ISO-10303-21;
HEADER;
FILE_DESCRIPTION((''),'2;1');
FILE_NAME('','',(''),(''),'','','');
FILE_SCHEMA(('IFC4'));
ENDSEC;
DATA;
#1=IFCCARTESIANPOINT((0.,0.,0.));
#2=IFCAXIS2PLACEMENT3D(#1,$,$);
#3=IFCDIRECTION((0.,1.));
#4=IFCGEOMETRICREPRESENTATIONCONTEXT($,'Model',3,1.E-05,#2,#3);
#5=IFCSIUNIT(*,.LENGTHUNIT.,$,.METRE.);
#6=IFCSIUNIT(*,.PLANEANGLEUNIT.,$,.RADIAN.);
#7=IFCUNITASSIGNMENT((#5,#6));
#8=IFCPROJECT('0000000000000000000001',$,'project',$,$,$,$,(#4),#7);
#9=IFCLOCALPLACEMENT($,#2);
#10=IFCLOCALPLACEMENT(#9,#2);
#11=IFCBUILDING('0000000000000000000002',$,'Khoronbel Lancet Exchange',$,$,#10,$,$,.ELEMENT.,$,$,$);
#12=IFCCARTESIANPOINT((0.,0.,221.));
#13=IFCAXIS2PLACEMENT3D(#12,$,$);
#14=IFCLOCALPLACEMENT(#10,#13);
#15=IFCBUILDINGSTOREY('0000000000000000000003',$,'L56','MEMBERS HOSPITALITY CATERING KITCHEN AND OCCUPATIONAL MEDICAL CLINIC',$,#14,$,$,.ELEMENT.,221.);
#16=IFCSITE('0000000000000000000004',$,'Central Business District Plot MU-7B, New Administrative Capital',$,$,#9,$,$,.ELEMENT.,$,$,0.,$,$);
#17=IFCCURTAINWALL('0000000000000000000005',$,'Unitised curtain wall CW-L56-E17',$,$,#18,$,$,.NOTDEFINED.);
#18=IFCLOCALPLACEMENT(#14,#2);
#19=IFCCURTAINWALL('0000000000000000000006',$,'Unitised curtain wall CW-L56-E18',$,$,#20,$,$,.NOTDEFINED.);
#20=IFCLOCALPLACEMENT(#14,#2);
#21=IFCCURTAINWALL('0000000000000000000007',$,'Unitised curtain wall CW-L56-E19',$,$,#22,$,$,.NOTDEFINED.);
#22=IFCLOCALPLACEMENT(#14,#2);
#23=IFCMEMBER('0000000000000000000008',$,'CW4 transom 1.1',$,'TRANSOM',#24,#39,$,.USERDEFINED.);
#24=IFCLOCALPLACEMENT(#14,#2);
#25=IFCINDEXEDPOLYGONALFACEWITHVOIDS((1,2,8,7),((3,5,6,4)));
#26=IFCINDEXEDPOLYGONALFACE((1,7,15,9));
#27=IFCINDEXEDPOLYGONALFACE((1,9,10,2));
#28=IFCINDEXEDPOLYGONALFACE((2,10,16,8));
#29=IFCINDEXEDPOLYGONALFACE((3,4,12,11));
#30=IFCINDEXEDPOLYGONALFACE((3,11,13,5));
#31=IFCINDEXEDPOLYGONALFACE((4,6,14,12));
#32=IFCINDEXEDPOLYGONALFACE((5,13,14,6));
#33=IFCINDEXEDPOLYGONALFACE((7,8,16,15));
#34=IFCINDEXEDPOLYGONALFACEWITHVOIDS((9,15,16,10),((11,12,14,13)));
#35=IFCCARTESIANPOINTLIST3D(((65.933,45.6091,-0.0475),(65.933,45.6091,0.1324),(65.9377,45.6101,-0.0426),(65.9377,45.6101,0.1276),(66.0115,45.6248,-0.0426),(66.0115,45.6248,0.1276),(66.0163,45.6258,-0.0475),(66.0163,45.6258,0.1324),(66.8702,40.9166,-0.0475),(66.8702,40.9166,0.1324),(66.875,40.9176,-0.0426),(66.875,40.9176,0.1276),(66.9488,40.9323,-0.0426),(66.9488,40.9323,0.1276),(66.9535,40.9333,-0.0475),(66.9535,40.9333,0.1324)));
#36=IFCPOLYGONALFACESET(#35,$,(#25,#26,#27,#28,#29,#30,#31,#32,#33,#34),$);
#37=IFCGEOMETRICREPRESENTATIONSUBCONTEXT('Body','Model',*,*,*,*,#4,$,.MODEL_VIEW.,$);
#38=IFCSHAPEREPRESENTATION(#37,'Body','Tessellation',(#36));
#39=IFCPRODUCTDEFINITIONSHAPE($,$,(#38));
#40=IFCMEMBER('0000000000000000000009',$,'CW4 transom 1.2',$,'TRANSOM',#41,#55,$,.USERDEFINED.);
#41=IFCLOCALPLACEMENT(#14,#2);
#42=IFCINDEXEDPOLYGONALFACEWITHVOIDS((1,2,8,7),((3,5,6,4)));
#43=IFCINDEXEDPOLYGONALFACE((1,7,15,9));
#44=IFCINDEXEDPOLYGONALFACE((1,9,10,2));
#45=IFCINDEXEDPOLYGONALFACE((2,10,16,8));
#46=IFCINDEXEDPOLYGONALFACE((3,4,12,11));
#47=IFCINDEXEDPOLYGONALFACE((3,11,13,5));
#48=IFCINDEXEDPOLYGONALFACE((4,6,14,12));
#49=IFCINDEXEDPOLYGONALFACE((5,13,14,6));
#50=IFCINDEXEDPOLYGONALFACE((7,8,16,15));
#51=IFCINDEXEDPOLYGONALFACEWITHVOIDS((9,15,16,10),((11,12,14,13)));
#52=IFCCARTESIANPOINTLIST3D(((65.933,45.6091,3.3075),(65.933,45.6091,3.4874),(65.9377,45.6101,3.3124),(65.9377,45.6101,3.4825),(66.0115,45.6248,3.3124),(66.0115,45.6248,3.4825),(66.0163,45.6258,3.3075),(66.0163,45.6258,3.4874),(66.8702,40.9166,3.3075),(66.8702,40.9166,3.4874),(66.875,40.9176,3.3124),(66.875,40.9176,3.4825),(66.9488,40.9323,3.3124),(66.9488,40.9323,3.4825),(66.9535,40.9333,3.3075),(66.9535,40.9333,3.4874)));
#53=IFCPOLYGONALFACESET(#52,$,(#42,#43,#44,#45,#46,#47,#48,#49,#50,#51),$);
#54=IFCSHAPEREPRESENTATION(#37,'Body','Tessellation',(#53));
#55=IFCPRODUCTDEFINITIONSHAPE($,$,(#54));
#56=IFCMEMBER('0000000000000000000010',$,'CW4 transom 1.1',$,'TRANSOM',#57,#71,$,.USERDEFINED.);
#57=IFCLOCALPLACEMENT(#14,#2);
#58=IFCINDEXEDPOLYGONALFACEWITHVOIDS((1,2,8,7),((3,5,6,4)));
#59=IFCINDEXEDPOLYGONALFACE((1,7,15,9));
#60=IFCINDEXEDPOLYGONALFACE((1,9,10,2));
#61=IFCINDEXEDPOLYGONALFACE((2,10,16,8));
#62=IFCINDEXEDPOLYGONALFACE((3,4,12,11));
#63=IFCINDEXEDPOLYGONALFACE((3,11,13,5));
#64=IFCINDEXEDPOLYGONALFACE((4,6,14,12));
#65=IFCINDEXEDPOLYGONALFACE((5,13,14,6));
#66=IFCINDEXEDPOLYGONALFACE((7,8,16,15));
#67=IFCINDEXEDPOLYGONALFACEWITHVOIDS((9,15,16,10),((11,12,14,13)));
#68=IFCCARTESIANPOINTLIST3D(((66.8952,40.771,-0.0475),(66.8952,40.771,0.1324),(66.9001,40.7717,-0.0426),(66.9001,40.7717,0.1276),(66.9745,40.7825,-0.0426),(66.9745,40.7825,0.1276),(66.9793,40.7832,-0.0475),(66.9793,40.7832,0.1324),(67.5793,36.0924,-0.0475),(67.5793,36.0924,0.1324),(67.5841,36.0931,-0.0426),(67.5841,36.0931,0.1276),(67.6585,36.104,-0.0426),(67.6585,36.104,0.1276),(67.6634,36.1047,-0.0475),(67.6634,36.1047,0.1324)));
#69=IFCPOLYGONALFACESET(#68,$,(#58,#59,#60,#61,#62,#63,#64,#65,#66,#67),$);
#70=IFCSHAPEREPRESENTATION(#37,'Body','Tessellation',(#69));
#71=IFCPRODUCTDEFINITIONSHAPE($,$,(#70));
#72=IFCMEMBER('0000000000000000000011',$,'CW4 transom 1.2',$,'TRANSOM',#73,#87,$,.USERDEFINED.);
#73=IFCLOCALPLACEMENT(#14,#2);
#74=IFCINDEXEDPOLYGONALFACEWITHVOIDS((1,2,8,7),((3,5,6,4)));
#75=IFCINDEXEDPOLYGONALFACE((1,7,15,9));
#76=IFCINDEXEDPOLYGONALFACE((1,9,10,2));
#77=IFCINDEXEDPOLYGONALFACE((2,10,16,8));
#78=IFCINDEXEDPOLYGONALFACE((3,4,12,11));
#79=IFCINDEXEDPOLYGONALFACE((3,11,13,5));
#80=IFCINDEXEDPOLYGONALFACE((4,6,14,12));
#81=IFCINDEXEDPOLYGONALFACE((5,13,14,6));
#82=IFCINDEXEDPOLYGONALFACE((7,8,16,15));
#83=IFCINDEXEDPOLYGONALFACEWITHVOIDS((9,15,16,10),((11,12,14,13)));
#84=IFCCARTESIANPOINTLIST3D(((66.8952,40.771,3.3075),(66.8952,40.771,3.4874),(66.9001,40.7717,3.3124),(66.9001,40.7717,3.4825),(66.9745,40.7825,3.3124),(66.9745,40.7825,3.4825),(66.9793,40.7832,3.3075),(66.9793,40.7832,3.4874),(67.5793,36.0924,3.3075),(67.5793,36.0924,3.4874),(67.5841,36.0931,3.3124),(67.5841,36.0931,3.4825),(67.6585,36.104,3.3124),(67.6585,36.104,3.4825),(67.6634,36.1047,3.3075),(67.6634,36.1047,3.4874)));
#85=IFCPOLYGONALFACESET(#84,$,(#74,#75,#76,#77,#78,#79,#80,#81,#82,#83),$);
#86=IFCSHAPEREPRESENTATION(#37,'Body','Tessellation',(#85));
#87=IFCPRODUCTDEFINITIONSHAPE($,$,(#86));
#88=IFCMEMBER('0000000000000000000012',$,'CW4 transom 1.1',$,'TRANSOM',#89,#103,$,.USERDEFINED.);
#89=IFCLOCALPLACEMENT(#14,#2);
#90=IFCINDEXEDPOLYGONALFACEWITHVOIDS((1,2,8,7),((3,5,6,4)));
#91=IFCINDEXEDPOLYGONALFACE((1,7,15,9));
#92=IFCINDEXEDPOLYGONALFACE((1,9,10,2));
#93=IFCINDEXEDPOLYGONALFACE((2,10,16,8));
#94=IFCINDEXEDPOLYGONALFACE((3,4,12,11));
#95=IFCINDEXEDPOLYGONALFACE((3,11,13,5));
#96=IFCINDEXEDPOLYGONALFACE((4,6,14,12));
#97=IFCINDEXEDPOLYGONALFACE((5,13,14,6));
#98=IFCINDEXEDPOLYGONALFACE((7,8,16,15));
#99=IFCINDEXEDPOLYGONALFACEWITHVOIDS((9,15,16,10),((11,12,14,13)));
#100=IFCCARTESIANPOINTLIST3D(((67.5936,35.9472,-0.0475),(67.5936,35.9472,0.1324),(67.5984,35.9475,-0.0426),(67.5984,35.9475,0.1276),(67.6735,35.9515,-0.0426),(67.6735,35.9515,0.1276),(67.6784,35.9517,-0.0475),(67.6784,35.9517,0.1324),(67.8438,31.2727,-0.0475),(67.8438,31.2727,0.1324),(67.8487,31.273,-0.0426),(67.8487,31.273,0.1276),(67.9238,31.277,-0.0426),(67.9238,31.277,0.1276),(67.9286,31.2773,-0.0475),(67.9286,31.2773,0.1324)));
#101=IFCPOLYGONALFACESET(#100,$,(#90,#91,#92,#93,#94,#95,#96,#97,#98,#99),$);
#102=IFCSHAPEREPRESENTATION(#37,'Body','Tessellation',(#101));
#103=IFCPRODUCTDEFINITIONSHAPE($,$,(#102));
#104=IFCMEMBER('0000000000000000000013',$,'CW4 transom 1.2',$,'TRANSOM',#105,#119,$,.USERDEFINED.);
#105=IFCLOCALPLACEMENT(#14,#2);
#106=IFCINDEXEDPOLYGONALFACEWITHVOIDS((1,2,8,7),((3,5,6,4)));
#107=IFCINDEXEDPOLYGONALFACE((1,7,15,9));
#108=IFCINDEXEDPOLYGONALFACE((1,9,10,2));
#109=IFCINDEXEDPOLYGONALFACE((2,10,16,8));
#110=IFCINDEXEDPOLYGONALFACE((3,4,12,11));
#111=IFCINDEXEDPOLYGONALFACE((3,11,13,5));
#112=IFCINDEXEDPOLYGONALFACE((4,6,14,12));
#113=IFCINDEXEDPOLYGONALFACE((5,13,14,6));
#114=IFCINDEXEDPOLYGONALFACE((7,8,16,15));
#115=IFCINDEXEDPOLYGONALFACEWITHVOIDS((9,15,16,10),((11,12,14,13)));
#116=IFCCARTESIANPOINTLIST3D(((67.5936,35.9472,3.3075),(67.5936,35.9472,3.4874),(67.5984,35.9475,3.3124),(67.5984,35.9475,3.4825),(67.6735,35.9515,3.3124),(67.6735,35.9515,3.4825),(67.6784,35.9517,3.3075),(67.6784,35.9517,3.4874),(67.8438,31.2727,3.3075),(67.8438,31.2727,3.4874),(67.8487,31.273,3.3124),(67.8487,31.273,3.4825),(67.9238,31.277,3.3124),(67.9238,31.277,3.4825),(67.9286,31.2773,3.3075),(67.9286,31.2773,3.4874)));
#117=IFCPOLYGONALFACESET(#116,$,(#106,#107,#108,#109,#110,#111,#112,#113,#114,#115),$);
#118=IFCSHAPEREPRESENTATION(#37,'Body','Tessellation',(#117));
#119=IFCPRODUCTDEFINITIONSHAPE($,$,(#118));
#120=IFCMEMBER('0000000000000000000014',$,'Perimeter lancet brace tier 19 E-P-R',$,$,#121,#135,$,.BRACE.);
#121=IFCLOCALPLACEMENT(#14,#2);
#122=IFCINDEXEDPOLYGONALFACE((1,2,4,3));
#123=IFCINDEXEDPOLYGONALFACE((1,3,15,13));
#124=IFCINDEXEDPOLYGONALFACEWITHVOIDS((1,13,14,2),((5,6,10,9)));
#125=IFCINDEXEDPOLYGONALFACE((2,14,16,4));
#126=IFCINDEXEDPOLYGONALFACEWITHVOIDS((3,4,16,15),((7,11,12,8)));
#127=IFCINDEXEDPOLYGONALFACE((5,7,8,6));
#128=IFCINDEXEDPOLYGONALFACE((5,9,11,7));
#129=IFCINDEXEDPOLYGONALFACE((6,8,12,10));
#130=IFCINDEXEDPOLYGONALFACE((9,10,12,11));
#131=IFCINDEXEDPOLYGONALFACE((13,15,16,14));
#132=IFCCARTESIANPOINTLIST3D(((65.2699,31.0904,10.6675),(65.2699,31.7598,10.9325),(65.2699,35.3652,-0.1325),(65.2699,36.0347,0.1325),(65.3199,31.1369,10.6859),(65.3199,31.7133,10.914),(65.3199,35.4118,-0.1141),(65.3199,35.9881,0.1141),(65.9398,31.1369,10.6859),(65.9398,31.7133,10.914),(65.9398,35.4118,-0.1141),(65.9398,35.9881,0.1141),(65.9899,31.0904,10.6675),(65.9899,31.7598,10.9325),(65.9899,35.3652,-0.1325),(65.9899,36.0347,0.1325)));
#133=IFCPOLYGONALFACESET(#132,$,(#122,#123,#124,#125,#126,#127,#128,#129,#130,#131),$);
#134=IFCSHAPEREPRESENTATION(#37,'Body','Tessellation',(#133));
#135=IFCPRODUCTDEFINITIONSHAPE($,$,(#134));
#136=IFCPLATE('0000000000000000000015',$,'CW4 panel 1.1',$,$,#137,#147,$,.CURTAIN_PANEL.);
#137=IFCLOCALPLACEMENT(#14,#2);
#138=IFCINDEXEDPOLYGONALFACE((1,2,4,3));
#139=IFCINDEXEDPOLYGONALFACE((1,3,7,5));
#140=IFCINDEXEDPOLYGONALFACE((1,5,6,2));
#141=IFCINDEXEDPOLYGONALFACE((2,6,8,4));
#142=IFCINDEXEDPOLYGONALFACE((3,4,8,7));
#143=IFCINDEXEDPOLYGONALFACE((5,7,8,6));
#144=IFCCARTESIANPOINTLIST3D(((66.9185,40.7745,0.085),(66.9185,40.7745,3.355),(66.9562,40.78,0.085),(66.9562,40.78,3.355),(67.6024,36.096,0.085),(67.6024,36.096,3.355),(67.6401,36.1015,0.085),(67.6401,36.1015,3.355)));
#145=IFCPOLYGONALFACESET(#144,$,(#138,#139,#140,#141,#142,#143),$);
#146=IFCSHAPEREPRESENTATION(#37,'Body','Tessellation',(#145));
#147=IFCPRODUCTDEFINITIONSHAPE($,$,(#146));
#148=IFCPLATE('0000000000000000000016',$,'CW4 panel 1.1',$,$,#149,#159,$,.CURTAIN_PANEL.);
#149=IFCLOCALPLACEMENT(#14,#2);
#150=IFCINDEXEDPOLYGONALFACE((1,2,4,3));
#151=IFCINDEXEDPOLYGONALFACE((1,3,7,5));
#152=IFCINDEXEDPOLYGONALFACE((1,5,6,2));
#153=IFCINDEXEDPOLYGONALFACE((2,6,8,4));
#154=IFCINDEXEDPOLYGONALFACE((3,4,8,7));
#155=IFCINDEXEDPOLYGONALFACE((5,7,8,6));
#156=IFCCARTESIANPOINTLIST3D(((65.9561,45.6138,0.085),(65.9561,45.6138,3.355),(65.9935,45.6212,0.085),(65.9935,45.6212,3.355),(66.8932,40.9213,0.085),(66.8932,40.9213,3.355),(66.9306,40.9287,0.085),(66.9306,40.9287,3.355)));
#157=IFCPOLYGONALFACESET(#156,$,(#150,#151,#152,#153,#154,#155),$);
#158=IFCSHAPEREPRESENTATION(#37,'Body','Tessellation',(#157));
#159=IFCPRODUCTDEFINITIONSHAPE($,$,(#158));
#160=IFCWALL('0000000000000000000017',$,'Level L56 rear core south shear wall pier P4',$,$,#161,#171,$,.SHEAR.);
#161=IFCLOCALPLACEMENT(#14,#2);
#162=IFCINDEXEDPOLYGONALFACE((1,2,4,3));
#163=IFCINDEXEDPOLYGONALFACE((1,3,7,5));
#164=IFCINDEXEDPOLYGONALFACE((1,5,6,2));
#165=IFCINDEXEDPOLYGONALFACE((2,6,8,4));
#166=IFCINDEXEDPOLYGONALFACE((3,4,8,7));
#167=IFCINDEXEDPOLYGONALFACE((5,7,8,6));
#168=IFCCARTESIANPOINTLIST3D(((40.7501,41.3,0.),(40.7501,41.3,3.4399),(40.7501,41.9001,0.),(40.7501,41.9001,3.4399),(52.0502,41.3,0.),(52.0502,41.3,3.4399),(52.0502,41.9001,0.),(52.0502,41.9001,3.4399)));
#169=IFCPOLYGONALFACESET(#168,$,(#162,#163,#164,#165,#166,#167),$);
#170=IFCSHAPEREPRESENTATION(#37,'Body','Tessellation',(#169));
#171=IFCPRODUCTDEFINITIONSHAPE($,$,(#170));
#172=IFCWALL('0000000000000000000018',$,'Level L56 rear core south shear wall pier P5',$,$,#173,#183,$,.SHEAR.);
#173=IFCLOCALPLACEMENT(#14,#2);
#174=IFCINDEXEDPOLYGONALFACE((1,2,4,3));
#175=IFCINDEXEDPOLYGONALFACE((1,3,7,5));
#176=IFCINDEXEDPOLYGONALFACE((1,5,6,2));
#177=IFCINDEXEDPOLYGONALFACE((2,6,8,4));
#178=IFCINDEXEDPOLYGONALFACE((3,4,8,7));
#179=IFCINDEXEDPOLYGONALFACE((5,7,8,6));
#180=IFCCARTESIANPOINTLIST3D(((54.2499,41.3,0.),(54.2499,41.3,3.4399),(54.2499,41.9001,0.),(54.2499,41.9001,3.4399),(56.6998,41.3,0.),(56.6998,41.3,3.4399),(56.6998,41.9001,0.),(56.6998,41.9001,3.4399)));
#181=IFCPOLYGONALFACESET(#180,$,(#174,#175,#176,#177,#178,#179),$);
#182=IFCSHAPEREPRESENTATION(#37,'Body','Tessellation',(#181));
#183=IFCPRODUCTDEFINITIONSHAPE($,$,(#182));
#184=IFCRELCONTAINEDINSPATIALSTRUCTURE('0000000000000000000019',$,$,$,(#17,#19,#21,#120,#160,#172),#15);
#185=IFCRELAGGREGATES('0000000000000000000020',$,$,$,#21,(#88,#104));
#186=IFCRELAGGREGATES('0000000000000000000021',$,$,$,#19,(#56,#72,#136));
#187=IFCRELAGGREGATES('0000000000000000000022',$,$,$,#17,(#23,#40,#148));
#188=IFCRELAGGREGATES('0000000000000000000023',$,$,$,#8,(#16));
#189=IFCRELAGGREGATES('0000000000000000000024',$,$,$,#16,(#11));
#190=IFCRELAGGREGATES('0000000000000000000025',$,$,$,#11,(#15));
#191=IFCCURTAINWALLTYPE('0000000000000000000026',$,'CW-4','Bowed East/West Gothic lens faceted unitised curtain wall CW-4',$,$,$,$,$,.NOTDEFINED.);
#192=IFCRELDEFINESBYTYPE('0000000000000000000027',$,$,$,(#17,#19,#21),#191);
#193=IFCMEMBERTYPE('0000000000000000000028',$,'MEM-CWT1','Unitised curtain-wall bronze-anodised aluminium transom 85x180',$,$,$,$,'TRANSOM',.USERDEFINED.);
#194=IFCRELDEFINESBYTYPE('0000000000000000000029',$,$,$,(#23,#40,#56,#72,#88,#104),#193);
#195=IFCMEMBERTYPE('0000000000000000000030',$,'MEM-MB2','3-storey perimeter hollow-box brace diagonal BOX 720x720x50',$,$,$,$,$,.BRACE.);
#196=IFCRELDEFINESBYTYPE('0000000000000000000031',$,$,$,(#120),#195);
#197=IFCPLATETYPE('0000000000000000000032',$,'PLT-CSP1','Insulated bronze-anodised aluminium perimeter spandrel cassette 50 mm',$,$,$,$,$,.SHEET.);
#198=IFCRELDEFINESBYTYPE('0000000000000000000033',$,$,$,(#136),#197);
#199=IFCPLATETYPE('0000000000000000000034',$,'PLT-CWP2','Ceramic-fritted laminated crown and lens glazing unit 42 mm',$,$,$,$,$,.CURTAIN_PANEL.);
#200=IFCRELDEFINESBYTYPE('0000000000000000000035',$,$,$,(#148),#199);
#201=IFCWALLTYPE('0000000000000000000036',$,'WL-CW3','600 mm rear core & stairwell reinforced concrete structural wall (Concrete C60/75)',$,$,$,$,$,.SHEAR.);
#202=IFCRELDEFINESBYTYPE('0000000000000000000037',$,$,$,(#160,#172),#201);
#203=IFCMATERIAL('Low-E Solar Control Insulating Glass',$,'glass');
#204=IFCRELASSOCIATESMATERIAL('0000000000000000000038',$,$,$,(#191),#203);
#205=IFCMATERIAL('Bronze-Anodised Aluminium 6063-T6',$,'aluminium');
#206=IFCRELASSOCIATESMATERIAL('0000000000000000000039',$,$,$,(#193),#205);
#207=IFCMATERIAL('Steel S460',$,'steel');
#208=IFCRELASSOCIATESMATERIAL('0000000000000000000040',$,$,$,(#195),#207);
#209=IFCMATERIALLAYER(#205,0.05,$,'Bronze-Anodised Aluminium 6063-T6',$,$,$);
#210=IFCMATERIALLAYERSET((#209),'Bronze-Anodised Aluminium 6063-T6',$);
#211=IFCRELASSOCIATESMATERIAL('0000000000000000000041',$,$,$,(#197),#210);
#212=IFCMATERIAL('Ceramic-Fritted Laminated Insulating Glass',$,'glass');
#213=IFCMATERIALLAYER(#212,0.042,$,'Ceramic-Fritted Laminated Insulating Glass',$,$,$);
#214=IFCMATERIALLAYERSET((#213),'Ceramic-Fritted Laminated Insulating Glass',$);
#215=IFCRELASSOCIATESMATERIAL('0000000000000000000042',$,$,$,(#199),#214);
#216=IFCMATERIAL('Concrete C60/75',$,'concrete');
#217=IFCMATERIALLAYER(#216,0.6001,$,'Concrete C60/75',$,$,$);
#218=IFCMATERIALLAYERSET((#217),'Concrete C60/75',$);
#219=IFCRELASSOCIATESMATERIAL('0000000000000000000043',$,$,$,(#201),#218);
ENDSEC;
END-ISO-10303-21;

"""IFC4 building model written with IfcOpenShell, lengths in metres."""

from ifc_helpers import new_model, si_unit, direction, frame, frame_2d, origin, origin_2d, place, context, subcontext, project, spatial, rectangle, hollow_rectangle, extrude, material, layer, layer_set, material_profile, profile_set, type_object, element, aggregate, save


model = new_model("IFC4")

# Units and contexts
model_context = context("Model", 3, precision=1e-05, world=origin(), true_north=direction((0.0, 1.0)))
body_context = subcontext(model_context, "Body", "Model", "MODEL_VIEW")
ifc_project = project(units=[si_unit("LENGTHUNIT", "METRE"), si_unit("PLANEANGLEUNIT", "RADIAN")], contexts=[model_context])

# Site, building, storey
site_placement = place(None, origin())
site = spatial("IfcSite", under=ifc_project, at=site_placement, Name="Central Business District Plot MU-7B, New Administrative Capital", CompositionType="ELEMENT", RefElevation=0.0)
building_placement = place(site_placement, origin())
building = spatial("IfcBuilding", under=site, at=building_placement, Name="Khoronbel Lancet Exchange", CompositionType="ELEMENT")
storey_placement = place(building_placement, frame((0.0, 0.0, 221.0)))
storey = spatial("IfcBuildingStorey", under=building, at=storey_placement, Name="L56", Description="MEMBERS HOSPITALITY CATERING KITCHEN AND OCCUPATIONAL MEDICAL CLINIC", CompositionType="ELEMENT", Elevation=221.0)

# Shared definitions
ifc_material_1 = material(Name="Concrete C60/75", Category="concrete")

# Curtain wall
ifc_material_2 = material(Name="Low-E Solar Control Insulating Glass", Category="glass")
curtain_wall_type = type_object("IfcCurtainWallType", Name="CW-4", Description="Bowed East/West Gothic lens faceted unitised curtain wall CW-4", PredefinedType="NOTDEFINED", material=ifc_material_2)
curtain_wall_1_placement = place(storey_placement, origin())
curtain_wall_1 = element("IfcCurtainWall", 1, at=curtain_wall_1_placement, inside=storey, type_object=curtain_wall_type, Name="Unitised curtain wall CW-L56-E17", PredefinedType="NOTDEFINED")
ifc_material_3 = material(Name="Bronze-Anodised Aluminium 6063-T6", Category="aluminium")

# Curtain wall
curtain_wall_2_placement = place(storey_placement, origin())
curtain_wall_2 = element("IfcCurtainWall", 2, at=curtain_wall_2_placement, inside=storey, type_object=curtain_wall_type, Name="Unitised curtain wall CW-L56-E18", PredefinedType="NOTDEFINED")

# Curtain wall
curtain_wall_3_placement = place(storey_placement, origin())
curtain_wall_3 = element("IfcCurtainWall", 3, at=curtain_wall_3_placement, inside=storey, type_object=curtain_wall_type, Name="Unitised curtain wall CW-L56-E19", PredefinedType="NOTDEFINED")

# Members
ifc_material_profile_1 = material_profile(ifc_material_3, hollow_rectangle(XDim=0.085, YDim=0.1799, WallThickness=0.0049, at=origin_2d()), Name="ALU TRANSOM 85x180")
ifc_profile_set_1 = profile_set([ifc_material_profile_1], Name="Bronze-Anodised Aluminium 6063-T6")
member_type_1 = type_object("IfcMemberType", Name="MEM-CWT1", Description="Unitised curtain-wall bronze-anodised aluminium transom 85x180", ElementType="TRANSOM", PredefinedType="USERDEFINED", material=ifc_profile_set_1)
member_1_placement = place(storey_placement, frame((65.9746, 45.6174, 0.0425), z_axis=(0.195871, -0.98063, 0.0), x_axis=(0.98063, 0.195871, 0.0)))
member_1 = element("IfcMember", 4, at=member_1_placement, type_object=member_type_1, Name="CW4 transom 1.1", ObjectType="TRANSOM", PredefinedType="USERDEFINED", context=body_context, shape_type="SweptSolid", body=[
    extrude(hollow_rectangle(XDim=0.085, YDim=0.1799, WallThickness=0.0049, at=origin_2d()), origin(), (0.0, 0.0, 1.0), 4.7852),
])
member_2_placement = place(storey_placement, frame((65.9746, 45.6174, 3.3975), z_axis=(0.195871, -0.98063, 0.0), x_axis=(0.98063, 0.195871, 0.0)))
member_2 = element("IfcMember", 5, at=member_2_placement, type_object=member_type_1, Name="CW4 transom 1.2", ObjectType="TRANSOM", PredefinedType="USERDEFINED", context=body_context, shape_type="SweptSolid", body=[
    extrude(hollow_rectangle(XDim=0.085, YDim=0.1799, WallThickness=0.0049, at=origin_2d()), origin(), (0.0, 0.0, 1.0), 4.7852),
])
member_3_placement = place(storey_placement, frame((66.9373, 40.7771, 0.0425), z_axis=(0.144681, -0.989478, 0.0), x_axis=(0.989478, 0.144681, 0.0)))
member_3 = element("IfcMember", 6, at=member_3_placement, type_object=member_type_1, Name="CW4 transom 1.1", ObjectType="TRANSOM", PredefinedType="USERDEFINED", context=body_context, shape_type="SweptSolid", body=[
    extrude(hollow_rectangle(XDim=0.085, YDim=0.1799, WallThickness=0.0049, at=origin_2d()), origin(), (0.0, 0.0, 1.0), 4.7283),
])
member_4_placement = place(storey_placement, frame((66.9373, 40.7771, 3.3975), z_axis=(0.144681, -0.989478, 0.0), x_axis=(0.989478, 0.144681, 0.0)))
member_4 = element("IfcMember", 7, at=member_4_placement, type_object=member_type_1, Name="CW4 transom 1.2", ObjectType="TRANSOM", PredefinedType="USERDEFINED", context=body_context, shape_type="SweptSolid", body=[
    extrude(hollow_rectangle(XDim=0.085, YDim=0.1799, WallThickness=0.0049, at=origin_2d()), origin(), (0.0, 0.0, 1.0), 4.7283),
])
member_5_placement = place(storey_placement, frame((67.636, 35.9495, 0.0425), z_axis=(0.053457, -0.99857, 0.0), x_axis=(0.99857, 0.053457, 0.0)))
member_5 = element("IfcMember", 8, at=member_5_placement, type_object=member_type_1, Name="CW4 transom 1.1", ObjectType="TRANSOM", PredefinedType="USERDEFINED", context=body_context, shape_type="SweptSolid", body=[
    extrude(hollow_rectangle(XDim=0.085, YDim=0.1799, WallThickness=0.0049, at=origin_2d()), origin(), (0.0, 0.0, 1.0), 4.6812),
])
member_6_placement = place(storey_placement, frame((67.636, 35.9495, 3.3975), z_axis=(0.053457, -0.99857, 0.0), x_axis=(0.99857, 0.053457, 0.0)))
member_6 = element("IfcMember", 9, at=member_6_placement, type_object=member_type_1, Name="CW4 transom 1.2", ObjectType="TRANSOM", PredefinedType="USERDEFINED", context=body_context, shape_type="SweptSolid", body=[
    extrude(hollow_rectangle(XDim=0.085, YDim=0.1799, WallThickness=0.0049, at=origin_2d()), origin(), (0.0, 0.0, 1.0), 4.6812),
])
aggregate(curtain_wall_3, [member_5, member_6])
ifc_material_4 = material(Name="Steel S460", Category="steel")
ifc_material_profile_2 = material_profile(ifc_material_4, hollow_rectangle(XDim=0.72, YDim=0.72, WallThickness=0.05, at=origin_2d()), Name="BOX 720x720x50")
ifc_profile_set_2 = profile_set([ifc_material_profile_2], Name="Steel S460")
member_type_2 = type_object("IfcMemberType", Name="MEM-MB2", Description="3-storey perimeter hollow-box brace diagonal BOX 720x720x50", PredefinedType="BRACE", material=ifc_profile_set_2)
member_7_placement = place(storey_placement, frame((65.6299, 35.7, 0.0), z_axis=(0.0, -0.36804, 0.92981), x_axis=(1.0, 0.0, 0.0)))
element("IfcMember", 10, at=member_7_placement, inside=storey, type_object=member_type_2, Name="Perimeter lancet brace tier 19 E-P-R", PredefinedType="BRACE", context=body_context, shape_type="SweptSolid", body=[
    extrude(hollow_rectangle(XDim=0.72, YDim=0.72, WallThickness=0.05, at=origin_2d()), origin(), (0.0, 0.0, 1.0), 11.6152),
])

# Plates
ifc_layer_1 = layer(ifc_material_3, 0.05, Name="Bronze-Anodised Aluminium 6063-T6")
ifc_layer_set_1 = layer_set([ifc_layer_1], Name="Bronze-Anodised Aluminium 6063-T6")
plate_type_1 = type_object("IfcPlateType", Name="PLT-CSP1", Description="Insulated bronze-anodised aluminium perimeter spandrel cassette 50 mm", PredefinedType="SHEET", material=ifc_layer_set_1)
plate_1_placement = place(storey_placement, frame((67.2793, 38.438, 0.085), z_axis=(0.0, 0.0, 1.0), x_axis=(0.144641, -0.989484, 0.0)))
plate_1 = element("IfcPlate", 11, at=plate_1_placement, type_object=plate_type_1, Name="CW4 panel 1.1", PredefinedType="CURTAIN_PANEL", context=body_context, shape_type="SweptSolid", body=[
    extrude(rectangle(XDim=4.7283, YDim=0.0381, at=origin_2d()), origin(), (0.0, 0.0, 1.0), 3.27),
])
aggregate(curtain_wall_2, [member_3, member_4, plate_1])
ifc_material_5 = material(Name="Ceramic-Fritted Laminated Insulating Glass", Category="glass")
ifc_layer_2 = layer(ifc_material_5, 0.042, Name="Ceramic-Fritted Laminated Insulating Glass")
ifc_layer_set_2 = layer_set([ifc_layer_2], Name="Ceramic-Fritted Laminated Insulating Glass")
plate_type_2 = type_object("IfcPlateType", Name="PLT-CWP2", Description="Ceramic-fritted laminated crown and lens glazing unit 42 mm", PredefinedType="CURTAIN_PANEL", material=ifc_layer_set_2)
plate_2_placement = place(storey_placement, frame((66.4434, 43.2712, 0.085), z_axis=(0.0, 0.0, 1.0), x_axis=(0.195836, -0.980637, 0.0)))
plate_2 = element("IfcPlate", 12, at=plate_2_placement, type_object=plate_type_2, Name="CW4 panel 1.1", PredefinedType="CURTAIN_PANEL", context=body_context, shape_type="SweptSolid", body=[
    extrude(rectangle(XDim=4.7852, YDim=0.0381, at=origin_2d()), origin(), (0.0, 0.0, 1.0), 3.27),
])
aggregate(curtain_wall_1, [member_1, member_2, plate_2])

# Walls
ifc_layer_3 = layer(ifc_material_1, 0.6001, Name="Concrete C60/75")
ifc_layer_set_3 = layer_set([ifc_layer_3], Name="Concrete C60/75")
wall_type_1 = type_object("IfcWallType", Name="WL-CW3", Description="600 mm rear core & stairwell reinforced concrete structural wall (Concrete C60/75)", PredefinedType="SHEAR", material=ifc_layer_set_3)
wall_1_placement = place(storey_placement, frame((52.05, 41.6001, 0.0), z_axis=(0.0, 0.0, 1.0), x_axis=(-1.0, 0.0, 0.0)))
element("IfcWall", 13, at=wall_1_placement, inside=storey, type_object=wall_type_1, Name="Level L56 rear core south shear wall pier P4", PredefinedType="SHEAR", context=body_context, shape_type="SweptSolid", body=[
    extrude(rectangle(XDim=11.3, YDim=0.6001, at=frame_2d((5.6499, 0.0))), origin(), (0.0, 0.0, 1.0), 3.4399),
])
wall_2_placement = place(storey_placement, frame((56.7, 41.6001, 0.0), z_axis=(0.0, 0.0, 1.0), x_axis=(-1.0, 0.0, 0.0)))
element("IfcWall", 14, at=wall_2_placement, inside=storey, type_object=wall_type_1, Name="Level L56 rear core south shear wall pier P5", PredefinedType="SHEAR", context=body_context, shape_type="SweptSolid", body=[
    extrude(rectangle(XDim=2.45, YDim=0.6001, at=frame_2d((1.2251, 0.0))), origin(), (0.0, 0.0, 1.0), 3.4399),
])

save(model, "model.ifc")
